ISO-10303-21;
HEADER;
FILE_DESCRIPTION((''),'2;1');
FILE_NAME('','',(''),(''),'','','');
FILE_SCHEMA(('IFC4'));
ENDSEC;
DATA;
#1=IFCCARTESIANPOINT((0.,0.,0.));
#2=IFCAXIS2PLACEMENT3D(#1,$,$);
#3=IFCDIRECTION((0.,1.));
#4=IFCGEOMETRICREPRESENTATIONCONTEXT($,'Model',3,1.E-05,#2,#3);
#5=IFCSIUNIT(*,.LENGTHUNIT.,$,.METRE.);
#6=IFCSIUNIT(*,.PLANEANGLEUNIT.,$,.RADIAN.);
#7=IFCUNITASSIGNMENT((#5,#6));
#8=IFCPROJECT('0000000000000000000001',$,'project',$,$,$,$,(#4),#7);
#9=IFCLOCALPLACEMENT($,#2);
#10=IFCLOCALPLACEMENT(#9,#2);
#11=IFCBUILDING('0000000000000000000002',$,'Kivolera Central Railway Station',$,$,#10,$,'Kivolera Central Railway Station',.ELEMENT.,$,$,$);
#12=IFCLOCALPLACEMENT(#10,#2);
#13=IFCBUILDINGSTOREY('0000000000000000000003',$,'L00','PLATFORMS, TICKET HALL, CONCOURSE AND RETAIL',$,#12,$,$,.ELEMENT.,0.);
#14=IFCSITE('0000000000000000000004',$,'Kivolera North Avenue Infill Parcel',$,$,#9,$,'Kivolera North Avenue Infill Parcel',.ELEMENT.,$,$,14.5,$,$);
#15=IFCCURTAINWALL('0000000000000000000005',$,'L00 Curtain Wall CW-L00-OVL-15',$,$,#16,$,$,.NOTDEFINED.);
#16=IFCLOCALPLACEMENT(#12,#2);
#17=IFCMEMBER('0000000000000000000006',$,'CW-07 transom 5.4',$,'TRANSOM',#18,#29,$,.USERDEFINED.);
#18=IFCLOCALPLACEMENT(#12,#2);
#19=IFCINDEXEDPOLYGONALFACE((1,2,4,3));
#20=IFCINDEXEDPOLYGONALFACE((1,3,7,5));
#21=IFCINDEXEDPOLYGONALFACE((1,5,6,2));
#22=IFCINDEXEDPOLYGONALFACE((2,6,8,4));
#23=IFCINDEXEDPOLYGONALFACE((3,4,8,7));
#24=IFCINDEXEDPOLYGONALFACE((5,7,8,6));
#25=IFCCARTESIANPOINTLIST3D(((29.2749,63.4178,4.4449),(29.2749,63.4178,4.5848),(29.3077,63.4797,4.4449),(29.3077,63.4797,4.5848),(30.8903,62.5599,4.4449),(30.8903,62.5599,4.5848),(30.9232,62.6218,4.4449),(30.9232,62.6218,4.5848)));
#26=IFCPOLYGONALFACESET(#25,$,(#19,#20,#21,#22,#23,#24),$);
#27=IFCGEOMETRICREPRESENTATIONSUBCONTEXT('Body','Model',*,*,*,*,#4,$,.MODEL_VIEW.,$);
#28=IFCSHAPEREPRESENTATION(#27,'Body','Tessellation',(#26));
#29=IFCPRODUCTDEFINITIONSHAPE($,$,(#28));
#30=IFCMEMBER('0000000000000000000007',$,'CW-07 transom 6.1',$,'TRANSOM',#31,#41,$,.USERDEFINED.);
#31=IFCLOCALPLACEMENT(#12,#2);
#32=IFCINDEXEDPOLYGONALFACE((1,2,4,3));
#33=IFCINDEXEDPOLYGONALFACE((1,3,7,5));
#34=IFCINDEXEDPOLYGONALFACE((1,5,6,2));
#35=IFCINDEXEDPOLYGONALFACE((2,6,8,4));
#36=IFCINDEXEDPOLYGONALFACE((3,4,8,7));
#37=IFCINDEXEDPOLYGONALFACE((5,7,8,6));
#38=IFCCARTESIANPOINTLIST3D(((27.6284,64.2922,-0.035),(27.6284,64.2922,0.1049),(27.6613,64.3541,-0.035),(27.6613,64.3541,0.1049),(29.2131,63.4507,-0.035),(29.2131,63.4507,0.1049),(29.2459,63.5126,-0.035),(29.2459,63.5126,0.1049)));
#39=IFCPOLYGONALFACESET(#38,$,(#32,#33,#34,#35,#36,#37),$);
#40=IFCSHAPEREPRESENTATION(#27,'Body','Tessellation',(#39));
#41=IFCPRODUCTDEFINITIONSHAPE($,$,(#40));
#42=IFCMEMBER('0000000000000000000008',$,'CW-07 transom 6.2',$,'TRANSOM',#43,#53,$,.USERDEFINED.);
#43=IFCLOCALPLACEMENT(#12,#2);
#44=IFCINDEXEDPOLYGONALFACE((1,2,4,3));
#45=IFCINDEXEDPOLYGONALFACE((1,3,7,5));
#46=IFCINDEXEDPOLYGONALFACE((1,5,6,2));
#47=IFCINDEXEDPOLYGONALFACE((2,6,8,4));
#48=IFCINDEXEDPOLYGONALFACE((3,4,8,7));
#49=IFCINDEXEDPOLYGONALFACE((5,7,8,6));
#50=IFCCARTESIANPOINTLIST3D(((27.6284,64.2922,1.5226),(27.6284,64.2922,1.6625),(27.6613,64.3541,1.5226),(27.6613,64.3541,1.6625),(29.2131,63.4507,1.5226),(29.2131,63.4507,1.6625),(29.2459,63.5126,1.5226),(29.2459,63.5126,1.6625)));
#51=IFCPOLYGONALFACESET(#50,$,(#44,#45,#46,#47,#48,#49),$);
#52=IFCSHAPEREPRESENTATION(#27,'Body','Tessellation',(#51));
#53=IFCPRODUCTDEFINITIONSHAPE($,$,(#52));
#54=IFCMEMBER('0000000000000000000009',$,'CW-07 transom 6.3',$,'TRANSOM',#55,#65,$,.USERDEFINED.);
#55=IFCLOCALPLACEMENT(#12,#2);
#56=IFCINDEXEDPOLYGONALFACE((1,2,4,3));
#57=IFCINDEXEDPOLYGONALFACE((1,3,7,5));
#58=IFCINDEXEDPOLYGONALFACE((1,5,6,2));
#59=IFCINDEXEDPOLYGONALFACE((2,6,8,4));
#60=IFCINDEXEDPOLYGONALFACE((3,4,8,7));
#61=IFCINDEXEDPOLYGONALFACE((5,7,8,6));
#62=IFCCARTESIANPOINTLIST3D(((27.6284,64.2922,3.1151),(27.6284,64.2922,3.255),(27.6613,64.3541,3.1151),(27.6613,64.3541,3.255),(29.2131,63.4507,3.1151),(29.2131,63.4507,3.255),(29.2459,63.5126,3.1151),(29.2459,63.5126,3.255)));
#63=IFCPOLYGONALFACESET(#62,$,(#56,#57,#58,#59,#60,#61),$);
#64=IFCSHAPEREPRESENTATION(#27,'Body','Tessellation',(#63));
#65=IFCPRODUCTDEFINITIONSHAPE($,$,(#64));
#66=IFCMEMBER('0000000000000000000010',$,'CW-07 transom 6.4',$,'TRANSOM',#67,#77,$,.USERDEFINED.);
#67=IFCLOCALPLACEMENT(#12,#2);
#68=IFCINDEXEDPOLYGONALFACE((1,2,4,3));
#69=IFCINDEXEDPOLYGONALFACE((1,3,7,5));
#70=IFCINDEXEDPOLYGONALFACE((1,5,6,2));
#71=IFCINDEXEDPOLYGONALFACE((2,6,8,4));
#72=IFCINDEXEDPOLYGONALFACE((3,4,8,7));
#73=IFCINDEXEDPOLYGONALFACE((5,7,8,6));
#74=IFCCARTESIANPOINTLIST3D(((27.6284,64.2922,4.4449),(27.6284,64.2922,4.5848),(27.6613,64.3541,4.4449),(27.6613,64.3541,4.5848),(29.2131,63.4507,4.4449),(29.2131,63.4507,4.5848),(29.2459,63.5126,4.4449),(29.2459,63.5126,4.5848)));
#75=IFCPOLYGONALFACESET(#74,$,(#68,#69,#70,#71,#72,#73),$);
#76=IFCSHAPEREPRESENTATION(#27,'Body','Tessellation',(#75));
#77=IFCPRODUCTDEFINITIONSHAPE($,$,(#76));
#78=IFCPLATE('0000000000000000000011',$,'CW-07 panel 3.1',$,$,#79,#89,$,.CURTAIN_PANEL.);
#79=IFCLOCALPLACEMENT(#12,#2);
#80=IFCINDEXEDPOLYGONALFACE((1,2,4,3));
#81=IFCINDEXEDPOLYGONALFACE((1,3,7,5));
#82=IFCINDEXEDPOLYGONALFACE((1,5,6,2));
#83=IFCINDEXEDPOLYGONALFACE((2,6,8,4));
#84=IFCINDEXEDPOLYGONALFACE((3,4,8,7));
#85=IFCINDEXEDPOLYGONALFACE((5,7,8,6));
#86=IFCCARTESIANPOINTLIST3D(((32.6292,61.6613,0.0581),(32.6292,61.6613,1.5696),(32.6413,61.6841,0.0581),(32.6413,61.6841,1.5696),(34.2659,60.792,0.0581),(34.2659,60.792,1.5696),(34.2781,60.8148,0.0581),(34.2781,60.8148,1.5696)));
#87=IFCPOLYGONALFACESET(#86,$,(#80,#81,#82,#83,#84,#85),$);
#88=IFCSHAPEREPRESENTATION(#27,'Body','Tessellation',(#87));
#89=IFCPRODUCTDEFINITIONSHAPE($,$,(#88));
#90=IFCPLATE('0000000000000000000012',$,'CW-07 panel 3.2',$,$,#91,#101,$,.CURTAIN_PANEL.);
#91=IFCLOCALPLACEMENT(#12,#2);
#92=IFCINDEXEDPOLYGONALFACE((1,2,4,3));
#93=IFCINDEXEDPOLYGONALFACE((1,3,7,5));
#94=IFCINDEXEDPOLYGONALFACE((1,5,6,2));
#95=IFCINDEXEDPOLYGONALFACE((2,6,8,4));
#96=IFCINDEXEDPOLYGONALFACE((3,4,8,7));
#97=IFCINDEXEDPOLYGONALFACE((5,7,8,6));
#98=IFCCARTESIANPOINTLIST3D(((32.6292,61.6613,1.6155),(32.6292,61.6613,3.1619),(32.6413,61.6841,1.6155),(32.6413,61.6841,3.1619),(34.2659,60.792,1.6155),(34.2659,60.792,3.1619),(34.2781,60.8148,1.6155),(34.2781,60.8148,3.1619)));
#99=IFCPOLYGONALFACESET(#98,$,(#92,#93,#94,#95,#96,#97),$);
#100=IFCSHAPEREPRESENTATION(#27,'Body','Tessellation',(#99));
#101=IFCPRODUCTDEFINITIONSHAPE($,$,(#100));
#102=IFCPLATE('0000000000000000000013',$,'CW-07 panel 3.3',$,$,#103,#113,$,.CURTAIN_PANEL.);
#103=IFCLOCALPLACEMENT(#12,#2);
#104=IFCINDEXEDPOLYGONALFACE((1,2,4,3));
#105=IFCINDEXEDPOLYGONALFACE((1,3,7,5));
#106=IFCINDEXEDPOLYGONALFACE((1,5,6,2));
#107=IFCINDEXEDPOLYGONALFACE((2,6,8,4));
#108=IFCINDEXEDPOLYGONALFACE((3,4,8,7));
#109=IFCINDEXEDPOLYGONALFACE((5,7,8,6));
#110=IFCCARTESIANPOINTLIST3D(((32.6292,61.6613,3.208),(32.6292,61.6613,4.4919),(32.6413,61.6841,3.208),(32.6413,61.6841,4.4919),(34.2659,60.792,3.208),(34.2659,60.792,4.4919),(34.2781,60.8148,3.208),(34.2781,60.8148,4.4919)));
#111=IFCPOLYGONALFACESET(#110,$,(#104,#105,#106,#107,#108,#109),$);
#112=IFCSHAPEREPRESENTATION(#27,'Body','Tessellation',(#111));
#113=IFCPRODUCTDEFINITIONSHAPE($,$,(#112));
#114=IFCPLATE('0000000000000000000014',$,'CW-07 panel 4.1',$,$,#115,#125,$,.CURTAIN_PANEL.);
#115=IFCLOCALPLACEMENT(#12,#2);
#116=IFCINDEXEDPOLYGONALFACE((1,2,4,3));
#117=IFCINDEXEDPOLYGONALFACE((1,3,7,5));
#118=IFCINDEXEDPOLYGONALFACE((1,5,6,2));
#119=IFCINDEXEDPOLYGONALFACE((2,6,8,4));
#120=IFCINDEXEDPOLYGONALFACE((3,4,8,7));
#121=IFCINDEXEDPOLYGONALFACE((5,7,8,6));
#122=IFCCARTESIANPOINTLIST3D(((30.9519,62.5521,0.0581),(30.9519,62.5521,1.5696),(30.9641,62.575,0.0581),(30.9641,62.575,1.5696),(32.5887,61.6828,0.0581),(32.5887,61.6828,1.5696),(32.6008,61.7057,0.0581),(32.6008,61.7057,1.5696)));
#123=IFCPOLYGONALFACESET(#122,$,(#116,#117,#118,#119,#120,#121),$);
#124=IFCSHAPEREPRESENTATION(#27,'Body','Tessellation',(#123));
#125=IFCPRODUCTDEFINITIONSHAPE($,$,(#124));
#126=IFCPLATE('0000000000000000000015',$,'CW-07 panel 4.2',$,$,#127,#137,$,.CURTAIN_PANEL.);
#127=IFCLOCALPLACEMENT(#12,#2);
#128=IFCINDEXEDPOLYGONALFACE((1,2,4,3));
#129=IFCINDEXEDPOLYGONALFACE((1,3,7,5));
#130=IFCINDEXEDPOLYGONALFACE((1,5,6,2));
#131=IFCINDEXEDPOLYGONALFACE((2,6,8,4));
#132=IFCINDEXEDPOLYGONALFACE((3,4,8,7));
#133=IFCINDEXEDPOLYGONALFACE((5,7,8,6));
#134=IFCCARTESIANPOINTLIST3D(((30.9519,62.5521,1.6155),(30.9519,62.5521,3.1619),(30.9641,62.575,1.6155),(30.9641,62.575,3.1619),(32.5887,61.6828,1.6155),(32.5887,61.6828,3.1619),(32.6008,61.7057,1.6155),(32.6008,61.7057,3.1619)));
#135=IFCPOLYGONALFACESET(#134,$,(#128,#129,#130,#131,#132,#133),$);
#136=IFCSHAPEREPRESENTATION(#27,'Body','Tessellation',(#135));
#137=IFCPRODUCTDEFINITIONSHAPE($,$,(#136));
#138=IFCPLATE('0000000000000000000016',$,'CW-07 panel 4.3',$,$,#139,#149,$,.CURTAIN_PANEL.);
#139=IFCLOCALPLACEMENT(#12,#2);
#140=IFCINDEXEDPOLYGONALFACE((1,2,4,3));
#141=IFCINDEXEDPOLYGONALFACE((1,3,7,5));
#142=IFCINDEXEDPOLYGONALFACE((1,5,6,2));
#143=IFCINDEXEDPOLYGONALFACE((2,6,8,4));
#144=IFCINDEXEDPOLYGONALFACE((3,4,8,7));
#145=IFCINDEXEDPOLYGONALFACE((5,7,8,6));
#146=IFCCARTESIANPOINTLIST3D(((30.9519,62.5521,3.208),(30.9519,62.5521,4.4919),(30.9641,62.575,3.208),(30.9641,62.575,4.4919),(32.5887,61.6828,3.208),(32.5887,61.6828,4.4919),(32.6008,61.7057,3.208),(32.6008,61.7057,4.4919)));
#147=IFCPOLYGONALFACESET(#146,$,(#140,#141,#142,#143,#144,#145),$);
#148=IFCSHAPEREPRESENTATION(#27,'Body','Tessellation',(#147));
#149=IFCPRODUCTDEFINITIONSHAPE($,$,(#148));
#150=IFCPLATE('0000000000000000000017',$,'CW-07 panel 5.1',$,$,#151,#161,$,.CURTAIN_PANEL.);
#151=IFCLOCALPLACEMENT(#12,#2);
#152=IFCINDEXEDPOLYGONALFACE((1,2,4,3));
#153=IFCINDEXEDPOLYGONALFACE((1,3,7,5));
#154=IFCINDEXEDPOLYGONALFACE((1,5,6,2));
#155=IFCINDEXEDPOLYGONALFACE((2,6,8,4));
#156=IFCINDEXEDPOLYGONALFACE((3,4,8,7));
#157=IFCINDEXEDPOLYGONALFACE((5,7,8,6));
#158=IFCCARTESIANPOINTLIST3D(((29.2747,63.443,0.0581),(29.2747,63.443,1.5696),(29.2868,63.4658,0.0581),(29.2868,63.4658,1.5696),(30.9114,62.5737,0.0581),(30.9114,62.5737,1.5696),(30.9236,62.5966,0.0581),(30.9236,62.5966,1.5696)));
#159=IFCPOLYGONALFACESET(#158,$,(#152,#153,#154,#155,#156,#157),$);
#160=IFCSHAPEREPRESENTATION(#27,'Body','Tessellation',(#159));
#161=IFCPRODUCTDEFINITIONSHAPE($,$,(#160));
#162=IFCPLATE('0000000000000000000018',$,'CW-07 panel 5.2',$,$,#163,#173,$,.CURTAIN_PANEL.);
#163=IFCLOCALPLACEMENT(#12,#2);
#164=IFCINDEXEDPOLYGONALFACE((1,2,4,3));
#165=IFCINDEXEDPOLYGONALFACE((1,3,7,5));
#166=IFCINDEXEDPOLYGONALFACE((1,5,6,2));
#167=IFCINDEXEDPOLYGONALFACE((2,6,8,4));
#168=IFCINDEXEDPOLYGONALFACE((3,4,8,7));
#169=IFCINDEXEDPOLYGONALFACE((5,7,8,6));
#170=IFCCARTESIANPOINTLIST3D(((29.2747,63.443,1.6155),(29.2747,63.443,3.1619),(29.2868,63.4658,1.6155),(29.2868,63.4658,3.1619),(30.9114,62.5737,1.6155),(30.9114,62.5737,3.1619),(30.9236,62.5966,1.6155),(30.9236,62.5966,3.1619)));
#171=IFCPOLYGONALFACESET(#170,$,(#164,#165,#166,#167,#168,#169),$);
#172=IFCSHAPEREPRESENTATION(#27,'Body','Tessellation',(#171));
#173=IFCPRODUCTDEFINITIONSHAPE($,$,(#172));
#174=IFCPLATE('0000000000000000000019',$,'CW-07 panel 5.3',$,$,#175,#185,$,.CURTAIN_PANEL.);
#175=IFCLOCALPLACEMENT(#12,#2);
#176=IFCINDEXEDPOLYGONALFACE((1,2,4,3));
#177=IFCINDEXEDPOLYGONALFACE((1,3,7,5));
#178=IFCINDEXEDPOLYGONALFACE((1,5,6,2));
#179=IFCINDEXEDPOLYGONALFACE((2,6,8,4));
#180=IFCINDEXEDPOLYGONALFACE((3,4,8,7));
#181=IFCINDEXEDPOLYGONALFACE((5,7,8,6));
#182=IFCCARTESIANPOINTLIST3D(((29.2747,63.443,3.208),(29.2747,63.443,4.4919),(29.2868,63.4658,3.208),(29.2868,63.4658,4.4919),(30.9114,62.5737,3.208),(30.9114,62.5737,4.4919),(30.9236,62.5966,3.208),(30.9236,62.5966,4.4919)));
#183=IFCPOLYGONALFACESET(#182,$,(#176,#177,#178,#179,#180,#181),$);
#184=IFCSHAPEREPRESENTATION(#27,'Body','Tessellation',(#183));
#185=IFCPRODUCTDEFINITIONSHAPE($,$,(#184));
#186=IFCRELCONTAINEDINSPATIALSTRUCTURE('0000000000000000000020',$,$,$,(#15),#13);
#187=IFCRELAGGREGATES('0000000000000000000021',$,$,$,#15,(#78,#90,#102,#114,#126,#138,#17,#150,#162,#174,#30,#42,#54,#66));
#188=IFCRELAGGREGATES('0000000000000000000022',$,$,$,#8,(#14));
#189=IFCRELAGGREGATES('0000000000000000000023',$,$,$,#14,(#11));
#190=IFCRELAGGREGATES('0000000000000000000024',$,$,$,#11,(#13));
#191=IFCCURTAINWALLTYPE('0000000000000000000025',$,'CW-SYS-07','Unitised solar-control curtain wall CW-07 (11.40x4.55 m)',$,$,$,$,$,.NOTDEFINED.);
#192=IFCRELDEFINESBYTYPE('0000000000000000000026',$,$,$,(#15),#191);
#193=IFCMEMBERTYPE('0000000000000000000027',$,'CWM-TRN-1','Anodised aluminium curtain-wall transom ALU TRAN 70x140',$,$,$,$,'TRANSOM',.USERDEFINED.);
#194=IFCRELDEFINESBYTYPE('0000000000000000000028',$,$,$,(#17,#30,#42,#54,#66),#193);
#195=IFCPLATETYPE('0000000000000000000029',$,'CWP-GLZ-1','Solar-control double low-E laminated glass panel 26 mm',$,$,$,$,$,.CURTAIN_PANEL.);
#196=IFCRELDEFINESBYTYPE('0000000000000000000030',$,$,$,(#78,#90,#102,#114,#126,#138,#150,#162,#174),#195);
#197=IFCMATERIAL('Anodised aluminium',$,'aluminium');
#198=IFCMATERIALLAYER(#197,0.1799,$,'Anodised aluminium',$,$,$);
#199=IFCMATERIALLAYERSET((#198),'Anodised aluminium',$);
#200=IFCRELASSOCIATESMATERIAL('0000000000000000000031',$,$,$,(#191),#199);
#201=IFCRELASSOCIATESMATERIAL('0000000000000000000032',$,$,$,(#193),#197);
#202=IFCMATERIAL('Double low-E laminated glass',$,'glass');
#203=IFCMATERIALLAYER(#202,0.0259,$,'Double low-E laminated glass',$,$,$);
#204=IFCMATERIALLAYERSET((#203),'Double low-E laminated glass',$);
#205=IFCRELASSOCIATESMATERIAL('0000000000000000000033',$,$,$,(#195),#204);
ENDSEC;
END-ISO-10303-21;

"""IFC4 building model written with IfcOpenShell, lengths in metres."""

from ifc_helpers import new_model, si_unit, direction, frame, origin, origin_2d, place, context, subcontext, project, spatial, rectangle, extrude, material, layer, layer_set, material_profile, profile_set, type_object, element, aggregate, save


model = new_model("IFC4")

# Units and contexts
model_context = context("Model", 3, precision=1e-05, world=origin(), true_north=direction((0.0, 1.0)))
body_context = subcontext(model_context, "Body", "Model", "MODEL_VIEW")
ifc_project = project(units=[si_unit("LENGTHUNIT", "METRE"), si_unit("PLANEANGLEUNIT", "RADIAN")], contexts=[model_context])

# Site, building, storey
site_placement = place(None, origin())
site = spatial("IfcSite", under=ifc_project, at=site_placement, Name="Kivolera North Avenue Infill Parcel", LongName="Kivolera North Avenue Infill Parcel", CompositionType="ELEMENT", RefElevation=14.5)
building_placement = place(site_placement, origin())
building = spatial("IfcBuilding", under=site, at=building_placement, Name="Kivolera Central Railway Station", LongName="Kivolera Central Railway Station", CompositionType="ELEMENT")
storey_placement = place(building_placement, origin())
storey = spatial("IfcBuildingStorey", under=building, at=storey_placement, Name="L00", Description="PLATFORMS, TICKET HALL, CONCOURSE AND RETAIL", CompositionType="ELEMENT", Elevation=0.0)

# Curtain wall, members, plates
ifc_material_1 = material(Name="Anodised aluminium", Category="aluminium")
ifc_layer_1 = layer(ifc_material_1, 0.1799, Name="Anodised aluminium")
ifc_layer_set_1 = layer_set([ifc_layer_1], Name="Anodised aluminium")
curtain_wall_type = type_object("IfcCurtainWallType", Name="CW-SYS-07", Description="Unitised solar-control curtain wall CW-07 (11.40x4.55 m)", PredefinedType="NOTDEFINED", material=ifc_layer_set_1)
curtain_wall_placement = place(storey_placement, origin())
curtain_wall = element("IfcCurtainWall", 1, at=curtain_wall_placement, inside=storey, type_object=curtain_wall_type, Name="L00 Curtain Wall CW-L00-OVL-15", PredefinedType="NOTDEFINED")
ifc_material_profile_1 = material_profile(ifc_material_1, rectangle(XDim=0.0701, YDim=0.1399, at=origin_2d()), Name="ALU TRAN 70x140")
ifc_profile_set_1 = profile_set([ifc_material_profile_1], Name="Anodised aluminium")
member_type_1 = type_object("IfcMemberType", Name="CWM-TRN-1", Description="Anodised aluminium curtain-wall transom ALU TRAN 70x140", ElementType="TRANSOM", PredefinedType="USERDEFINED", material=ifc_profile_set_1)
member_1_placement = place(storey_placement, frame((30.9067, 62.5908, 4.5149), z_axis=(-0.883187, 0.469022, 0.0), x_axis=(-0.469022, -0.883187, 0.0)))
member_1 = element("IfcMember", 2, at=member_1_placement, type_object=member_type_1, Name="CW-07 transom 5.4", ObjectType="TRANSOM", PredefinedType="USERDEFINED", context=body_context, shape_type="SweptSolid", body=[
    extrude(rectangle(XDim=0.0701, YDim=0.1399, at=origin_2d()), origin(), (0.0, 0.0, 1.0), 1.8291),
])
member_2_placement = place(storey_placement, frame((29.2295, 63.4817, 0.0349), z_axis=(-0.883191, 0.469013, 0.0), x_axis=(-0.469013, -0.883191, 0.0)))
member_2 = element("IfcMember", 3, at=member_2_placement, type_object=member_type_1, Name="CW-07 transom 6.1", ObjectType="TRANSOM", PredefinedType="USERDEFINED", context=body_context, shape_type="SweptSolid", body=[
    extrude(rectangle(XDim=0.0701, YDim=0.1399, at=origin_2d()), origin(), (0.0, 0.0, 1.0), 1.7942),
])
member_3_placement = place(storey_placement, frame((29.2295, 63.4817, 1.5925), z_axis=(-0.883191, 0.469013, 0.0), x_axis=(-0.469013, -0.883191, 0.0)))
member_3 = element("IfcMember", 4, at=member_3_placement, type_object=member_type_1, Name="CW-07 transom 6.2", ObjectType="TRANSOM", PredefinedType="USERDEFINED", context=body_context, shape_type="SweptSolid", body=[
    extrude(rectangle(XDim=0.0701, YDim=0.1399, at=origin_2d()), origin(), (0.0, 0.0, 1.0), 1.7942),
])
member_4_placement = place(storey_placement, frame((29.2295, 63.4817, 3.1851), z_axis=(-0.883191, 0.469013, 0.0), x_axis=(-0.469013, -0.883191, 0.0)))
member_4 = element("IfcMember", 5, at=member_4_placement, type_object=member_type_1, Name="CW-07 transom 6.3", ObjectType="TRANSOM", PredefinedType="USERDEFINED", context=body_context, shape_type="SweptSolid", body=[
    extrude(rectangle(XDim=0.0701, YDim=0.1399, at=origin_2d()), origin(), (0.0, 0.0, 1.0), 1.7942),
])
member_5_placement = place(storey_placement, frame((29.2295, 63.4817, 4.5149), z_axis=(-0.883191, 0.469013, 0.0), x_axis=(-0.469013, -0.883191, 0.0)))
member_5 = element("IfcMember", 6, at=member_5_placement, type_object=member_type_1, Name="CW-07 transom 6.4", ObjectType="TRANSOM", PredefinedType="USERDEFINED", context=body_context, shape_type="SweptSolid", body=[
    extrude(rectangle(XDim=0.0701, YDim=0.1399, at=origin_2d()), origin(), (0.0, 0.0, 1.0), 1.7942),
])
ifc_material_2 = material(Name="Double low-E laminated glass", Category="glass")
ifc_layer_2 = layer(ifc_material_2, 0.0259, Name="Double low-E laminated glass")
ifc_layer_set_2 = layer_set([ifc_layer_2], Name="Double low-E laminated glass")
plate_type = type_object("IfcPlateType", Name="CWP-GLZ-1", Description="Solar-control double low-E laminated glass panel 26 mm", PredefinedType="CURTAIN_PANEL", material=ifc_layer_set_2)
plate_1_placement = place(storey_placement, frame((33.4536, 61.238, 0.0581), z_axis=(0.0, 0.0, 1.0), x_axis=(-0.88317, 0.469053, 0.0)))
plate_1 = element("IfcPlate", 7, at=plate_1_placement, type_object=plate_type, Name="CW-07 panel 3.1", PredefinedType="CURTAIN_PANEL", context=body_context, shape_type="SweptSolid", body=[
    extrude(rectangle(XDim=1.8533, YDim=0.0259, at=origin_2d()), origin(), (0.0, 0.0, 1.0), 1.5115),
])
plate_2_placement = place(storey_placement, frame((33.4536, 61.238, 1.6155), z_axis=(0.0, 0.0, 1.0), x_axis=(-0.88317, 0.469053, 0.0)))
plate_2 = element("IfcPlate", 8, at=plate_2_placement, type_object=plate_type, Name="CW-07 panel 3.2", PredefinedType="CURTAIN_PANEL", context=body_context, shape_type="SweptSolid", body=[
    extrude(rectangle(XDim=1.8533, YDim=0.0259, at=origin_2d()), origin(), (0.0, 0.0, 1.0), 1.5464),
])
plate_3_placement = place(storey_placement, frame((33.4536, 61.238, 3.208), z_axis=(0.0, 0.0, 1.0), x_axis=(-0.88317, 0.469053, 0.0)))
plate_3 = element("IfcPlate", 9, at=plate_3_placement, type_object=plate_type, Name="CW-07 panel 3.3", PredefinedType="CURTAIN_PANEL", context=body_context, shape_type="SweptSolid", body=[
    extrude(rectangle(XDim=1.8533, YDim=0.0259, at=origin_2d()), origin(), (0.0, 0.0, 1.0), 1.2839),
])
plate_4_placement = place(storey_placement, frame((31.7764, 62.1289, 0.0581), z_axis=(0.0, 0.0, 1.0), x_axis=(-0.88317, 0.469053, 0.0)))
plate_4 = element("IfcPlate", 10, at=plate_4_placement, type_object=plate_type, Name="CW-07 panel 4.1", PredefinedType="CURTAIN_PANEL", context=body_context, shape_type="SweptSolid", body=[
    extrude(rectangle(XDim=1.8533, YDim=0.0259, at=origin_2d()), origin(), (0.0, 0.0, 1.0), 1.5115),
])
plate_5_placement = place(storey_placement, frame((31.7764, 62.1289, 1.6155), z_axis=(0.0, 0.0, 1.0), x_axis=(-0.88317, 0.469053, 0.0)))
plate_5 = element("IfcPlate", 11, at=plate_5_placement, type_object=plate_type, Name="CW-07 panel 4.2", PredefinedType="CURTAIN_PANEL", context=body_context, shape_type="SweptSolid", body=[
    extrude(rectangle(XDim=1.8533, YDim=0.0259, at=origin_2d()), origin(), (0.0, 0.0, 1.0), 1.5464),
])
plate_6_placement = place(storey_placement, frame((31.7764, 62.1289, 3.208), z_axis=(0.0, 0.0, 1.0), x_axis=(-0.88317, 0.469053, 0.0)))
plate_6 = element("IfcPlate", 12, at=plate_6_placement, type_object=plate_type, Name="CW-07 panel 4.3", PredefinedType="CURTAIN_PANEL", context=body_context, shape_type="SweptSolid", body=[
    extrude(rectangle(XDim=1.8533, YDim=0.0259, at=origin_2d()), origin(), (0.0, 0.0, 1.0), 1.2839),
])
plate_7_placement = place(storey_placement, frame((30.0991, 63.0198, 0.0581), z_axis=(0.0, 0.0, 1.0), x_axis=(-0.88317, 0.469053, 0.0)))
plate_7 = element("IfcPlate", 13, at=plate_7_placement, type_object=plate_type, Name="CW-07 panel 5.1", PredefinedType="CURTAIN_PANEL", context=body_context, shape_type="SweptSolid", body=[
    extrude(rectangle(XDim=1.8533, YDim=0.0259, at=origin_2d()), origin(), (0.0, 0.0, 1.0), 1.5115),
])
plate_8_placement = place(storey_placement, frame((30.0991, 63.0198, 1.6155), z_axis=(0.0, 0.0, 1.0), x_axis=(-0.88317, 0.469053, 0.0)))
plate_8 = element("IfcPlate", 14, at=plate_8_placement, type_object=plate_type, Name="CW-07 panel 5.2", PredefinedType="CURTAIN_PANEL", context=body_context, shape_type="SweptSolid", body=[
    extrude(rectangle(XDim=1.8533, YDim=0.0259, at=origin_2d()), origin(), (0.0, 0.0, 1.0), 1.5464),
])
plate_9_placement = place(storey_placement, frame((30.0991, 63.0198, 3.208), z_axis=(0.0, 0.0, 1.0), x_axis=(-0.88317, 0.469053, 0.0)))
plate_9 = element("IfcPlate", 15, at=plate_9_placement, type_object=plate_type, Name="CW-07 panel 5.3", PredefinedType="CURTAIN_PANEL", context=body_context, shape_type="SweptSolid", body=[
    extrude(rectangle(XDim=1.8533, YDim=0.0259, at=origin_2d()), origin(), (0.0, 0.0, 1.0), 1.2839),
])
aggregate(curtain_wall, [plate_1, plate_2, plate_3, plate_4, plate_5, plate_6, member_1, plate_7, plate_8, plate_9, member_2, member_3, member_4, member_5])

save(model, "model.ifc")
